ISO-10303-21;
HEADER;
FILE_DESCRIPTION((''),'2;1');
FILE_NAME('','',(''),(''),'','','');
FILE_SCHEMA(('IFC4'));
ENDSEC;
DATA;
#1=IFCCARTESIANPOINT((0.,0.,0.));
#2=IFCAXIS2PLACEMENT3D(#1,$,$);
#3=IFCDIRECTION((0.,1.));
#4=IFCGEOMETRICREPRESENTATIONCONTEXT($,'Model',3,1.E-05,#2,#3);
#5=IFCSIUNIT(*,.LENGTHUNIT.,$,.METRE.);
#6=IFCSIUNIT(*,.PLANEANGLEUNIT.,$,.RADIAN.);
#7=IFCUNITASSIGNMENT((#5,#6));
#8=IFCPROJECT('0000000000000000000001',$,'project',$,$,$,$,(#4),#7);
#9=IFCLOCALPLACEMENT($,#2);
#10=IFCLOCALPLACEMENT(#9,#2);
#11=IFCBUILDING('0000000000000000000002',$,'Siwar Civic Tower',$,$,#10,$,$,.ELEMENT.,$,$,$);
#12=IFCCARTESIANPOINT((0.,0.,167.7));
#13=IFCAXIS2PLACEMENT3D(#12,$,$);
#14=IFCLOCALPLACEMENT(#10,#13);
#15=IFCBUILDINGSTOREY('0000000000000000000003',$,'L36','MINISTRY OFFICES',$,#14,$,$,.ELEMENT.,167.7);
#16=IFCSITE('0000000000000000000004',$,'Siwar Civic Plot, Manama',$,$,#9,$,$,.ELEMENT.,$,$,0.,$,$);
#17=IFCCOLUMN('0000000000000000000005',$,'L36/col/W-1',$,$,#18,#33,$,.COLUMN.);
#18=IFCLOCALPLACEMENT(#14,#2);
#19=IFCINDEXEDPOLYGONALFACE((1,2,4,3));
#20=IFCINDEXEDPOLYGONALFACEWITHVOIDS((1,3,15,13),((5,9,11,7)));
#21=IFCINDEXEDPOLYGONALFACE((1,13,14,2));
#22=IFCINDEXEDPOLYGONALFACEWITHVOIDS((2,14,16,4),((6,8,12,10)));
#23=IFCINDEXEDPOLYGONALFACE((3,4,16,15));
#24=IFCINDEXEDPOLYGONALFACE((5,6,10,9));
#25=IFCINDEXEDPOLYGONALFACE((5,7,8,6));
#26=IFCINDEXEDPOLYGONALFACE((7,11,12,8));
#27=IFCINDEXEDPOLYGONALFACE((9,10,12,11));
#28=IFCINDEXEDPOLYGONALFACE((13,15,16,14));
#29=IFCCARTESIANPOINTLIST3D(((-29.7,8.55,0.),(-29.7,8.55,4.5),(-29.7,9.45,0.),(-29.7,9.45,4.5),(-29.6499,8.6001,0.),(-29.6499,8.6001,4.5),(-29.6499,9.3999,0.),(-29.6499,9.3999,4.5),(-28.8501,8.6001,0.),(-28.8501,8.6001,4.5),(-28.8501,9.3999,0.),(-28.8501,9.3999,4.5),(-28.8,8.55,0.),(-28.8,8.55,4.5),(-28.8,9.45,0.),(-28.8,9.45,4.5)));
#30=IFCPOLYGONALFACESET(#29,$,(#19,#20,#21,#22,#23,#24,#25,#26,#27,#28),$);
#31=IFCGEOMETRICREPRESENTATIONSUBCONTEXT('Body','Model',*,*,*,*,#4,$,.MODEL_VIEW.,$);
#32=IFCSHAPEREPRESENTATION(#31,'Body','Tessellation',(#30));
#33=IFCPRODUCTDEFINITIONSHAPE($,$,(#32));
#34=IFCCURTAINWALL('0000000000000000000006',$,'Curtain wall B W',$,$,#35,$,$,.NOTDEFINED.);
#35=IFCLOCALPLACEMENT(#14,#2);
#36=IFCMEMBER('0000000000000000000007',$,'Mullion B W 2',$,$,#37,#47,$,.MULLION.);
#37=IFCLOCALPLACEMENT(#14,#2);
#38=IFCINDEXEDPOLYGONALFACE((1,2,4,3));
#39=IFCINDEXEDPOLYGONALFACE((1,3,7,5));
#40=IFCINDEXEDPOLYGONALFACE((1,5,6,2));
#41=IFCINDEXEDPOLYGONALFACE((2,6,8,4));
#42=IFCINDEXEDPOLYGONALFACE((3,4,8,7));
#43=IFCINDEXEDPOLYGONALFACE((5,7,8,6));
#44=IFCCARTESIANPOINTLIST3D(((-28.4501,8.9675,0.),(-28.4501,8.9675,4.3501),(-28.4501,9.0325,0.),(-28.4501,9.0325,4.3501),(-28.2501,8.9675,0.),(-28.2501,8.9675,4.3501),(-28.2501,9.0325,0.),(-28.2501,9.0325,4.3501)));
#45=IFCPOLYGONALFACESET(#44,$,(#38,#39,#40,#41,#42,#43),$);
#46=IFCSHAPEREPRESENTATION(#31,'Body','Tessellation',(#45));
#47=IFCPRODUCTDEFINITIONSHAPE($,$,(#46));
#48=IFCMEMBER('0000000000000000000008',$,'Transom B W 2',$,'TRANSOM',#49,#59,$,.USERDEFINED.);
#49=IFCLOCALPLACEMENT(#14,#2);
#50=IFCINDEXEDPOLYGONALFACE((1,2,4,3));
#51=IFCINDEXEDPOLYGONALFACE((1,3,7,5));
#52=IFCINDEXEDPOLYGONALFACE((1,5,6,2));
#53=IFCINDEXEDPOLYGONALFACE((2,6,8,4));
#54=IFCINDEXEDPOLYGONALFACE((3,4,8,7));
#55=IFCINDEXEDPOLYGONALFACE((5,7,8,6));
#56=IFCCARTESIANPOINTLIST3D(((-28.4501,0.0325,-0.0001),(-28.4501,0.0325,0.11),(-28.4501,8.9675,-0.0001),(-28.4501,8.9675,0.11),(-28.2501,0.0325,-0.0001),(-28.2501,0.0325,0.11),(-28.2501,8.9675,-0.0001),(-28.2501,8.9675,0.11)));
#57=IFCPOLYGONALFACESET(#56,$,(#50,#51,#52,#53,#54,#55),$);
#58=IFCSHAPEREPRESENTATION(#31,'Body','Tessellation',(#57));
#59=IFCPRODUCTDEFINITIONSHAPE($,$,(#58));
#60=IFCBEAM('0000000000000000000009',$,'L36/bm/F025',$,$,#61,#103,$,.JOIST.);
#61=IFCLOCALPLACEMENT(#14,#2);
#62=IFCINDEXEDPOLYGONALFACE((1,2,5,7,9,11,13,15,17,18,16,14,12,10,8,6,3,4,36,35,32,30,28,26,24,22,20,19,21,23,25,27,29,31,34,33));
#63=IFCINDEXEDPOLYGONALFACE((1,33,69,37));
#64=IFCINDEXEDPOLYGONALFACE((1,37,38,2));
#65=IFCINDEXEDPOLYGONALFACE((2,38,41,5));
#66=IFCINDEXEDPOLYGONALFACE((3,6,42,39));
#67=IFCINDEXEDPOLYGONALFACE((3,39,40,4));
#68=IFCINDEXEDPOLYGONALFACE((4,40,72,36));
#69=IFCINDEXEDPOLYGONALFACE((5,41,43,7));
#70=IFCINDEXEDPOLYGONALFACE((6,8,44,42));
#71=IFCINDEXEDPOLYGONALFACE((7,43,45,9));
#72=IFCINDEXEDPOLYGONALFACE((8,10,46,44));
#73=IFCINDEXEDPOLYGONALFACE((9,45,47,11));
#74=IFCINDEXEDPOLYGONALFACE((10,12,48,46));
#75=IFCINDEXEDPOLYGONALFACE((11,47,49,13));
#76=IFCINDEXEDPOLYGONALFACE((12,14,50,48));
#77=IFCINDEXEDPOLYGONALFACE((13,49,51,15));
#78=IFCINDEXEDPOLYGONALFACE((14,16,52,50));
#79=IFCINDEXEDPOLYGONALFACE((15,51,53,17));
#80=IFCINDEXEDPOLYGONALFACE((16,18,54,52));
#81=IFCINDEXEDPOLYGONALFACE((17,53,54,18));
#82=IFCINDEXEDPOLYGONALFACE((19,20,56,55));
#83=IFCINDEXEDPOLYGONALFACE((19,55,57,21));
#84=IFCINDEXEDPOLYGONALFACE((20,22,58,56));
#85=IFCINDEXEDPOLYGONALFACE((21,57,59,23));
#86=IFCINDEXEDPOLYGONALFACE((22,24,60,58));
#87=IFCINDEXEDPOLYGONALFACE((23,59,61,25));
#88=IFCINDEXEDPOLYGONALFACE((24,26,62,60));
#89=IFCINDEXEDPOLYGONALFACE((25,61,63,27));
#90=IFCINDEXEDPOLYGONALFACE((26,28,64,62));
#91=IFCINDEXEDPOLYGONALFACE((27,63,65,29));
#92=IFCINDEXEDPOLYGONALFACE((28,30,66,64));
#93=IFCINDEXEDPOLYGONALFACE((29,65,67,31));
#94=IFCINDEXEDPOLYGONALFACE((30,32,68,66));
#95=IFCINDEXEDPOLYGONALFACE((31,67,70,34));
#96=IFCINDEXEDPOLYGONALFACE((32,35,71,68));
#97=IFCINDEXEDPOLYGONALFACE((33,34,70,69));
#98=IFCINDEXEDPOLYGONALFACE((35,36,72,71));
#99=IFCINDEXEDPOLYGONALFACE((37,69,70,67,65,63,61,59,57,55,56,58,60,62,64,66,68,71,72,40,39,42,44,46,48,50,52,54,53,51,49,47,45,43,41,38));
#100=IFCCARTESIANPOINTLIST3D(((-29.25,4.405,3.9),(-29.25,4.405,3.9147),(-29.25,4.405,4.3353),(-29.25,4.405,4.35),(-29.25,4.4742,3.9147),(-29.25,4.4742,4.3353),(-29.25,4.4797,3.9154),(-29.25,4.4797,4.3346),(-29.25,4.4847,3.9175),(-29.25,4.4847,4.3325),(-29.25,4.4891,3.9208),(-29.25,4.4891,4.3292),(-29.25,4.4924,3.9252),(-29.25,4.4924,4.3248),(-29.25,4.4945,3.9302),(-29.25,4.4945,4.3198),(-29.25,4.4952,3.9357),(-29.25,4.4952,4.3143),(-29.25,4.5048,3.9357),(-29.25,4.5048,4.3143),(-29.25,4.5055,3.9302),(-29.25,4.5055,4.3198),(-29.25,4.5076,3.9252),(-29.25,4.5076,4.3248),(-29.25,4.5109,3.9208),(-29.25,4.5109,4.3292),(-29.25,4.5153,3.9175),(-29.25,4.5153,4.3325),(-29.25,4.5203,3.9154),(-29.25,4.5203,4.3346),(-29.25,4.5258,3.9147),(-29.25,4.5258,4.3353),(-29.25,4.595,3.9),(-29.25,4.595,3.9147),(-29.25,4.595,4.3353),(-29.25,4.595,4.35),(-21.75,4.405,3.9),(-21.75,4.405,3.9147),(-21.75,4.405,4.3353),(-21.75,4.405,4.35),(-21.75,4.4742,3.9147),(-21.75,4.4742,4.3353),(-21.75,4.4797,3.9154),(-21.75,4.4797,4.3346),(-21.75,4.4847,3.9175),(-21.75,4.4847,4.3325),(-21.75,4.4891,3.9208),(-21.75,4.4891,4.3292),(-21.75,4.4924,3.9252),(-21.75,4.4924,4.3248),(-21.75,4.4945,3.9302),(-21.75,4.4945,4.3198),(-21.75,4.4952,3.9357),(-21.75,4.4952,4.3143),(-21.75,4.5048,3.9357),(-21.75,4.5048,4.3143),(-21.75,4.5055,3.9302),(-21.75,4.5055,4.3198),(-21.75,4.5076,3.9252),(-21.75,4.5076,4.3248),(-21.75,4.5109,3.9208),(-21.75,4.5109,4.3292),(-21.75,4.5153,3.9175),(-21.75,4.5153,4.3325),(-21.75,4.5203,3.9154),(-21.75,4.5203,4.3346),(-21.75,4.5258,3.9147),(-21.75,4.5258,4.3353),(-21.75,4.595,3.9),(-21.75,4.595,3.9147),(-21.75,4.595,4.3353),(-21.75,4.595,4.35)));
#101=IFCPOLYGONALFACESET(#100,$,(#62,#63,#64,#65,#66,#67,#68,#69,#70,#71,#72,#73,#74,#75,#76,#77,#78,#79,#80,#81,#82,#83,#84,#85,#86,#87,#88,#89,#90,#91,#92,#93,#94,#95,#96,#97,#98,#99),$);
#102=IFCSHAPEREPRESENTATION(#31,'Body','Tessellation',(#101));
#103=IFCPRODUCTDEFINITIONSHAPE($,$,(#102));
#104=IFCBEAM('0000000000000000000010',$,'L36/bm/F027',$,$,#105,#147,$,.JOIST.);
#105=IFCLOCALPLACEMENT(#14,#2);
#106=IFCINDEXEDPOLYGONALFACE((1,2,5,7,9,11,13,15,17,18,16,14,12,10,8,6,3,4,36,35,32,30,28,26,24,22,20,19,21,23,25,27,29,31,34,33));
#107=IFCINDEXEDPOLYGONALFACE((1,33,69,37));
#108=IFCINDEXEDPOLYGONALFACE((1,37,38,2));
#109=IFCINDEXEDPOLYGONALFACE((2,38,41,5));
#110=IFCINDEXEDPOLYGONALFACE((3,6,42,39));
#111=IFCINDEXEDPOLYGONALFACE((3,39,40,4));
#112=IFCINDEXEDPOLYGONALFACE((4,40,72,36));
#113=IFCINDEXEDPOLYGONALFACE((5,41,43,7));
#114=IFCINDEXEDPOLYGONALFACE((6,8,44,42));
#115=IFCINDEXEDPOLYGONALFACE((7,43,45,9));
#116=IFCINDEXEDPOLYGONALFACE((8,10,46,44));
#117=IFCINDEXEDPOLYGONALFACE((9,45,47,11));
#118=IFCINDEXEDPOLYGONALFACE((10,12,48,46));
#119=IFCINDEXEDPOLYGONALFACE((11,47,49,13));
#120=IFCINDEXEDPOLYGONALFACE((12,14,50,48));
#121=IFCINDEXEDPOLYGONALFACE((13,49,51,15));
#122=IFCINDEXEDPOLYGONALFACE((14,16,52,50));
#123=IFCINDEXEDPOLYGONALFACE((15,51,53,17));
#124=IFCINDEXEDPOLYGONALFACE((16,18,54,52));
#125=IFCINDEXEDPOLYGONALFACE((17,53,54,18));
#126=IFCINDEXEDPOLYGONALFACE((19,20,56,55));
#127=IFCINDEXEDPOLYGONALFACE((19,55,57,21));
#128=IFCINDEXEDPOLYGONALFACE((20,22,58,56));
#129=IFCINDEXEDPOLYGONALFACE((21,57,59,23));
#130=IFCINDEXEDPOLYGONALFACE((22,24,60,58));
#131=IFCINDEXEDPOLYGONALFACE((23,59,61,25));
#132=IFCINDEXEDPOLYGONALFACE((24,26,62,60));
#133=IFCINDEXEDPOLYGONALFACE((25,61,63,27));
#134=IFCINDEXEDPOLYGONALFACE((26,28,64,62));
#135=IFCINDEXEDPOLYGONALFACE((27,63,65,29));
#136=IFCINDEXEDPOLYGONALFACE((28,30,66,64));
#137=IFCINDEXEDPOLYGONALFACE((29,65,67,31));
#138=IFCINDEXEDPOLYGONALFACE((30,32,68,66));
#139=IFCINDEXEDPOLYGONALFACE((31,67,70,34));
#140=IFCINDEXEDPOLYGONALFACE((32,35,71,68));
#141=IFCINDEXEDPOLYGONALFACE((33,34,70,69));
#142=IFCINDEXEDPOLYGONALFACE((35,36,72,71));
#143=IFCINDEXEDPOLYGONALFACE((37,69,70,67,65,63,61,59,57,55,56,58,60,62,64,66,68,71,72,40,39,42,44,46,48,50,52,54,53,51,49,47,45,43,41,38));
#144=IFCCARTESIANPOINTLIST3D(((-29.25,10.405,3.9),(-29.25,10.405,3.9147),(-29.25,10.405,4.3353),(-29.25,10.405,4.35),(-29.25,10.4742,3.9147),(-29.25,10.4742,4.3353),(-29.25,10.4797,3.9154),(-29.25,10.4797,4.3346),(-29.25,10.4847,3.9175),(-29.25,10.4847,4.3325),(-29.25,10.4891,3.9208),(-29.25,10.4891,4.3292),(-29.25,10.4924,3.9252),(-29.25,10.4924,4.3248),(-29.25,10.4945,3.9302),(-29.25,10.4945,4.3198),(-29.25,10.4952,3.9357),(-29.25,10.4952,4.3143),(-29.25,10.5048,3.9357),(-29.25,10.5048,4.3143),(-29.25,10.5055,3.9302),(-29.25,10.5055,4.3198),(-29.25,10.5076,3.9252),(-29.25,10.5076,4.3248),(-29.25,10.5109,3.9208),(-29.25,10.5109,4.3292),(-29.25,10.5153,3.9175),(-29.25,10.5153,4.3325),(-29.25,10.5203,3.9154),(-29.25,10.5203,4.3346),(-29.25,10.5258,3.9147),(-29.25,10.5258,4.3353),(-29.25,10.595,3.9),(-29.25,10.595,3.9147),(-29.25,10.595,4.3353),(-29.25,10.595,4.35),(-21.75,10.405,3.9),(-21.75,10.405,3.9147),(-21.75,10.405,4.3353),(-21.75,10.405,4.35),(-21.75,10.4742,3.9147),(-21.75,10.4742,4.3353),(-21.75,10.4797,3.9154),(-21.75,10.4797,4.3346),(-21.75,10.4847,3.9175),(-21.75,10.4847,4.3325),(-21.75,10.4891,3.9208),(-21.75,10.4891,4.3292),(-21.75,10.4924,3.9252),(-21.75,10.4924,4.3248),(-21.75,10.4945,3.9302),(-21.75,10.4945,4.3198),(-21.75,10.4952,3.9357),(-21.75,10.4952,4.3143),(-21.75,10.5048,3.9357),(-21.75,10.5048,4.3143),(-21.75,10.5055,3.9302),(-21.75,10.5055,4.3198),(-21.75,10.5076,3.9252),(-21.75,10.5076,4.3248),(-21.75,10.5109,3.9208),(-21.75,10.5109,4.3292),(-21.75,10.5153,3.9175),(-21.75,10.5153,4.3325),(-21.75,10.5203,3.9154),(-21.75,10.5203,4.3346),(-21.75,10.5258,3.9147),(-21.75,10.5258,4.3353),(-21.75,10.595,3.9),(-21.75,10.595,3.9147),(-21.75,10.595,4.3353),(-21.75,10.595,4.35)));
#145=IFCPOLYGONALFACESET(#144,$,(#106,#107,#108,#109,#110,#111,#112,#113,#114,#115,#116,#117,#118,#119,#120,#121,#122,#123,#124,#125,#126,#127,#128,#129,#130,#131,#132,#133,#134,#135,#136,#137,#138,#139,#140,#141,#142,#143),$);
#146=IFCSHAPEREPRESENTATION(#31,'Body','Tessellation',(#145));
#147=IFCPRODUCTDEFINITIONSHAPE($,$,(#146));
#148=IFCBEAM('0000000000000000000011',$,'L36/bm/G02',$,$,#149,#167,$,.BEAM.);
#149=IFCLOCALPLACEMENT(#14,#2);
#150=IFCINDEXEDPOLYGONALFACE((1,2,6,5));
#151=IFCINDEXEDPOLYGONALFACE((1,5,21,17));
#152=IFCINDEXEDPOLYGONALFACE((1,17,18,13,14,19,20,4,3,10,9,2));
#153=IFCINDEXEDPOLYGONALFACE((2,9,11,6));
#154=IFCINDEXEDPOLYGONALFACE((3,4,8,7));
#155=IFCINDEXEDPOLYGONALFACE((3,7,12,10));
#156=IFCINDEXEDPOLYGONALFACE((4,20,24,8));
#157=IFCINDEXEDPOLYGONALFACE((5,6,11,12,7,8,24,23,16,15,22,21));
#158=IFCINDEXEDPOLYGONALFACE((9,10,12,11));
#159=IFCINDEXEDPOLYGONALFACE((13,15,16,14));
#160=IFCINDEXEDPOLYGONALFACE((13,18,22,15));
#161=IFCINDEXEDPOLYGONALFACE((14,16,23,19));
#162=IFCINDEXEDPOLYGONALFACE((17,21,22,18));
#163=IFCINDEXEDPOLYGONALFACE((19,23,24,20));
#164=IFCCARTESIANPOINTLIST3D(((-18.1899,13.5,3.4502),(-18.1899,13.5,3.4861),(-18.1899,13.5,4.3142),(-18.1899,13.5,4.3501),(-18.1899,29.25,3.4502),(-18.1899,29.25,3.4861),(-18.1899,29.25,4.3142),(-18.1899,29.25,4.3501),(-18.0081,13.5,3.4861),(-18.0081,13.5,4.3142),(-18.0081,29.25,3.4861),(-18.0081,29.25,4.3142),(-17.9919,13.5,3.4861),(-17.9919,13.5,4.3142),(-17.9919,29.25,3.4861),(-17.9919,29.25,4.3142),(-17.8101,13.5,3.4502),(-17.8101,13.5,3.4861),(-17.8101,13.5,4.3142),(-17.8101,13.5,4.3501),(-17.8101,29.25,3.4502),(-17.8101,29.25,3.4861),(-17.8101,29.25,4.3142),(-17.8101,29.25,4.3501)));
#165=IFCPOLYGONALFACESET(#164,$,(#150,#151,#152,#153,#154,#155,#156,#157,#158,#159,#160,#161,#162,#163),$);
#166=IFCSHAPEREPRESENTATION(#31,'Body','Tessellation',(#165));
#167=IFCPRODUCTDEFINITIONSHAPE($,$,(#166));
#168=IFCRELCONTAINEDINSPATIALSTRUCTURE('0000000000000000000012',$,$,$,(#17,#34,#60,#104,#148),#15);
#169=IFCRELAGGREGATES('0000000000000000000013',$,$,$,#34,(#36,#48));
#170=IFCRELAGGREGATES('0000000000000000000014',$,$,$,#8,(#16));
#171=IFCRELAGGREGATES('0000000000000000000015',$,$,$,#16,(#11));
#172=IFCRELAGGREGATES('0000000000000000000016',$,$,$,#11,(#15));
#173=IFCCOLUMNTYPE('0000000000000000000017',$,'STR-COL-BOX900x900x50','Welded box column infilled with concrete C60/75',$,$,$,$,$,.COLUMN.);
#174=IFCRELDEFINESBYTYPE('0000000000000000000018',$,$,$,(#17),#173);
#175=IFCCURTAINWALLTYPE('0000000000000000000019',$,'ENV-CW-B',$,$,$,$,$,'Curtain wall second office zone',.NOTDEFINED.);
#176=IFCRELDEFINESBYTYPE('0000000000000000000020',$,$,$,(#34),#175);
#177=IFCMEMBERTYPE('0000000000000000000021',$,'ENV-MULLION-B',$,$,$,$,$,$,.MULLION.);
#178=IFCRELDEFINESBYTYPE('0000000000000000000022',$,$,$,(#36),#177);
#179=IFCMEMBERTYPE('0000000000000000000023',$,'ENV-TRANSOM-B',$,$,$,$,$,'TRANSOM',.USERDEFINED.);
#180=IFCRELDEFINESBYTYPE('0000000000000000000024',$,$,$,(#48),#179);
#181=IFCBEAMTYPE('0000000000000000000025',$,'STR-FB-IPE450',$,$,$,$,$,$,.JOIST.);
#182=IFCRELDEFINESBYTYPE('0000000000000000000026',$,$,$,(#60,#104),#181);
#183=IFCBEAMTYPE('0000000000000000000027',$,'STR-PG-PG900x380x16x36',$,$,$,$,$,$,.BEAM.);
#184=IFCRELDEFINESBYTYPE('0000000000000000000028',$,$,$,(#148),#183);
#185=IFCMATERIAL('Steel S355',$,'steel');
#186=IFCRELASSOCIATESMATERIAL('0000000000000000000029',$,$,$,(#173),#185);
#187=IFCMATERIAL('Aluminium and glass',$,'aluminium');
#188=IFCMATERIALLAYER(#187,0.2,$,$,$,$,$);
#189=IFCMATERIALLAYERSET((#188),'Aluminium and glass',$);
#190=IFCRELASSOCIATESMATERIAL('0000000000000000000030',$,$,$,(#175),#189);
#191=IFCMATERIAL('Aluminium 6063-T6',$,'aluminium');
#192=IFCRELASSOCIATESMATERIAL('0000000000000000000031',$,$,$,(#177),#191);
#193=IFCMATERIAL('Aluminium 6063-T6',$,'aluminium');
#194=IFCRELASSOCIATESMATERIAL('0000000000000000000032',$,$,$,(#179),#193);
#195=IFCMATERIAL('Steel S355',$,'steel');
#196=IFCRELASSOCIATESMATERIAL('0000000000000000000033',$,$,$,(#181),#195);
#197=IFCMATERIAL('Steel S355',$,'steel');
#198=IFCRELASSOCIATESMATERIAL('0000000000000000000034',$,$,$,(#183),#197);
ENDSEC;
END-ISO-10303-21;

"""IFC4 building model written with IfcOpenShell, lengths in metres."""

from ifc_helpers import new_model, si_unit, direction, frame, origin, origin_2d, place, context, subcontext, project, spatial, rectangle, hollow_rectangle, i_section, extrude, material, layer, layer_set, material_profile, profile_set, type_object, element, aggregate, save


model = new_model("IFC4")

# Units and contexts
model_context = context("Model", 3, precision=1e-05, world=origin(), true_north=direction((0.0, 1.0)))
body_context = subcontext(model_context, "Body", "Model", "MODEL_VIEW")
ifc_project = project(units=[si_unit("LENGTHUNIT", "METRE"), si_unit("PLANEANGLEUNIT", "RADIAN")], contexts=[model_context])

# Site, building, storey
site_placement = place(None, origin())
site = spatial("IfcSite", under=ifc_project, at=site_placement, Name="Siwar Civic Plot, Manama", CompositionType="ELEMENT", RefElevation=0.0)
building_placement = place(site_placement, origin())
building = spatial("IfcBuilding", under=site, at=building_placement, Name="Siwar Civic Tower", CompositionType="ELEMENT")
storey_placement = place(building_placement, frame((0.0, 0.0, 167.7)))
storey = spatial("IfcBuildingStorey", under=building, at=storey_placement, Name="L36", Description="MINISTRY OFFICES", CompositionType="ELEMENT", Elevation=167.7)

# Column
ifc_material_1 = material(Name="Steel S355", Category="steel")
ifc_material_profile_1 = material_profile(ifc_material_1, hollow_rectangle(XDim=0.8999, YDim=0.8999, WallThickness=0.05, at=origin_2d()), Name="BOX900x900x50")
ifc_profile_set_1 = profile_set([ifc_material_profile_1], Name="Steel S355")
column_type = type_object("IfcColumnType", Name="STR-COL-BOX900x900x50", Description="Welded box column infilled with concrete C60/75", PredefinedType="COLUMN", material=ifc_profile_set_1)
column_placement = place(storey_placement, frame((-29.25, 9.0, 0.0), z_axis=(0.0, 0.0, 1.0), x_axis=(1.0, 0.0, 0.0)))
element("IfcColumn", 1, at=column_placement, inside=storey, type_object=column_type, Name="L36/col/W-1", PredefinedType="COLUMN", context=body_context, shape_type="SweptSolid", body=[
    extrude(hollow_rectangle(XDim=0.8999, YDim=0.8999, WallThickness=0.05, at=origin_2d()), origin(), (0.0, 0.0, 1.0), 4.5),
])

# Curtain wall, members
ifc_material_2 = material(Name="Aluminium and glass", Category="aluminium")
ifc_layer_1 = layer(ifc_material_2, 0.2)
ifc_layer_set_1 = layer_set([ifc_layer_1], Name="Aluminium and glass")
curtain_wall_type = type_object("IfcCurtainWallType", Name="ENV-CW-B", ElementType="Curtain wall second office zone", PredefinedType="NOTDEFINED", material=ifc_layer_set_1)
curtain_wall_placement = place(storey_placement, origin())
curtain_wall = element("IfcCurtainWall", 2, at=curtain_wall_placement, inside=storey, type_object=curtain_wall_type, Name="Curtain wall B W", PredefinedType="NOTDEFINED")
ifc_material_3 = material(Name="Aluminium 6063-T6", Category="aluminium")
ifc_material_profile_2 = material_profile(ifc_material_3, rectangle(XDim=0.2, YDim=0.0649, at=origin_2d()), Name="AL 200x65")
ifc_profile_set_2 = profile_set([ifc_material_profile_2], Name="Aluminium 6063-T6")
member_type_1 = type_object("IfcMemberType", Name="ENV-MULLION-B", PredefinedType="MULLION", material=ifc_profile_set_2)
member_1_placement = place(storey_placement, frame((-28.3501, 9.0, 0.0), z_axis=(0.0, 0.0, 1.0), x_axis=(1.0, 0.0, 0.0)))
member_1 = element("IfcMember", 3, at=member_1_placement, type_object=member_type_1, Name="Mullion B W 2", PredefinedType="MULLION", context=body_context, shape_type="SweptSolid", body=[
    extrude(rectangle(XDim=0.2, YDim=0.0649, at=origin_2d()), origin(), (0.0, 0.0, 1.0), 4.3501),
])
ifc_material_4 = material(Name="Aluminium 6063-T6", Category="aluminium")
ifc_material_profile_3 = material_profile(ifc_material_4, rectangle(XDim=0.2, YDim=0.1101, at=origin_2d()), Name="AL 200x110")
ifc_profile_set_3 = profile_set([ifc_material_profile_3], Name="Aluminium 6063-T6")
member_type_2 = type_object("IfcMemberType", Name="ENV-TRANSOM-B", ElementType="TRANSOM", PredefinedType="USERDEFINED", material=ifc_profile_set_3)
member_2_placement = place(storey_placement, frame((-28.3501, 8.9675, 0.0549), z_axis=(0.0, -1.0, 0.0), x_axis=(1.0, 0.0, 0.0)))
member_2 = element("IfcMember", 4, at=member_2_placement, type_object=member_type_2, Name="Transom B W 2", ObjectType="TRANSOM", PredefinedType="USERDEFINED", context=body_context, shape_type="SweptSolid", body=[
    extrude(rectangle(XDim=0.2, YDim=0.1101, at=origin_2d()), origin(), (0.0, 0.0, 1.0), 8.9351),
])

# Beams
ifc_material_5 = material(Name="Steel S355", Category="steel")
ifc_material_profile_4 = material_profile(ifc_material_5, i_section(OverallWidth=0.1899, OverallDepth=0.45, WebThickness=0.0095, FlangeThickness=0.0146, FilletRadius=0.021, at=origin_2d()), Name="IPE450")
ifc_profile_set_4 = profile_set([ifc_material_profile_4], Name="Steel S355")
beam_type_1 = type_object("IfcBeamType", Name="STR-FB-IPE450", PredefinedType="JOIST", material=ifc_profile_set_4)
for number, where, z_axis, x_axis, name in (
    (5, (-29.25, 4.5, 4.125), (1.0, 0.0, 0.0), (0.0, 1.0, 0.0), "L36/bm/F025"),
    (6, (-29.25, 10.5, 4.125), (1.0, 0.0, 0.0), (0.0, 1.0, 0.0), "L36/bm/F027"),
):
    element("IfcBeam", number, at=place(storey_placement, frame(where, z_axis=z_axis, x_axis=x_axis)), inside=storey, type_object=beam_type_1, Name=name, PredefinedType="JOIST", context=body_context, shape_type="SweptSolid", body=[
        extrude(i_section(OverallWidth=0.1899, OverallDepth=0.45, WebThickness=0.0095, FlangeThickness=0.0146, FilletRadius=0.021, at=origin_2d()), origin(), (0.0, 0.0, 1.0), 7.5),
    ])
ifc_material_6 = material(Name="Steel S355", Category="steel")
ifc_material_profile_5 = material_profile(ifc_material_6, i_section(OverallWidth=0.3799, OverallDepth=0.8999, WebThickness=0.0161, FlangeThickness=0.0359, at=origin_2d()), Name="PG900x380x16x36")
ifc_profile_set_5 = profile_set([ifc_material_profile_5], Name="Steel S355")
beam_type_2 = type_object("IfcBeamType", Name="STR-PG-PG900x380x16x36", PredefinedType="BEAM", material=ifc_profile_set_5)
beam_1_placement = place(storey_placement, frame((-18.0, 13.5, 3.9001), z_axis=(0.0, 1.0, 0.0), x_axis=(-1.0, 0.0, 0.0)))
element("IfcBeam", 7, at=beam_1_placement, inside=storey, type_object=beam_type_2, Name="L36/bm/G02", PredefinedType="BEAM", context=body_context, shape_type="SweptSolid", body=[
    extrude(i_section(OverallWidth=0.3799, OverallDepth=0.8999, WebThickness=0.0161, FlangeThickness=0.0359, at=origin_2d()), origin(), (0.0, 0.0, 1.0), 15.75),
])

aggregate(curtain_wall, [member_1, member_2])

save(model, "model.ifc")
